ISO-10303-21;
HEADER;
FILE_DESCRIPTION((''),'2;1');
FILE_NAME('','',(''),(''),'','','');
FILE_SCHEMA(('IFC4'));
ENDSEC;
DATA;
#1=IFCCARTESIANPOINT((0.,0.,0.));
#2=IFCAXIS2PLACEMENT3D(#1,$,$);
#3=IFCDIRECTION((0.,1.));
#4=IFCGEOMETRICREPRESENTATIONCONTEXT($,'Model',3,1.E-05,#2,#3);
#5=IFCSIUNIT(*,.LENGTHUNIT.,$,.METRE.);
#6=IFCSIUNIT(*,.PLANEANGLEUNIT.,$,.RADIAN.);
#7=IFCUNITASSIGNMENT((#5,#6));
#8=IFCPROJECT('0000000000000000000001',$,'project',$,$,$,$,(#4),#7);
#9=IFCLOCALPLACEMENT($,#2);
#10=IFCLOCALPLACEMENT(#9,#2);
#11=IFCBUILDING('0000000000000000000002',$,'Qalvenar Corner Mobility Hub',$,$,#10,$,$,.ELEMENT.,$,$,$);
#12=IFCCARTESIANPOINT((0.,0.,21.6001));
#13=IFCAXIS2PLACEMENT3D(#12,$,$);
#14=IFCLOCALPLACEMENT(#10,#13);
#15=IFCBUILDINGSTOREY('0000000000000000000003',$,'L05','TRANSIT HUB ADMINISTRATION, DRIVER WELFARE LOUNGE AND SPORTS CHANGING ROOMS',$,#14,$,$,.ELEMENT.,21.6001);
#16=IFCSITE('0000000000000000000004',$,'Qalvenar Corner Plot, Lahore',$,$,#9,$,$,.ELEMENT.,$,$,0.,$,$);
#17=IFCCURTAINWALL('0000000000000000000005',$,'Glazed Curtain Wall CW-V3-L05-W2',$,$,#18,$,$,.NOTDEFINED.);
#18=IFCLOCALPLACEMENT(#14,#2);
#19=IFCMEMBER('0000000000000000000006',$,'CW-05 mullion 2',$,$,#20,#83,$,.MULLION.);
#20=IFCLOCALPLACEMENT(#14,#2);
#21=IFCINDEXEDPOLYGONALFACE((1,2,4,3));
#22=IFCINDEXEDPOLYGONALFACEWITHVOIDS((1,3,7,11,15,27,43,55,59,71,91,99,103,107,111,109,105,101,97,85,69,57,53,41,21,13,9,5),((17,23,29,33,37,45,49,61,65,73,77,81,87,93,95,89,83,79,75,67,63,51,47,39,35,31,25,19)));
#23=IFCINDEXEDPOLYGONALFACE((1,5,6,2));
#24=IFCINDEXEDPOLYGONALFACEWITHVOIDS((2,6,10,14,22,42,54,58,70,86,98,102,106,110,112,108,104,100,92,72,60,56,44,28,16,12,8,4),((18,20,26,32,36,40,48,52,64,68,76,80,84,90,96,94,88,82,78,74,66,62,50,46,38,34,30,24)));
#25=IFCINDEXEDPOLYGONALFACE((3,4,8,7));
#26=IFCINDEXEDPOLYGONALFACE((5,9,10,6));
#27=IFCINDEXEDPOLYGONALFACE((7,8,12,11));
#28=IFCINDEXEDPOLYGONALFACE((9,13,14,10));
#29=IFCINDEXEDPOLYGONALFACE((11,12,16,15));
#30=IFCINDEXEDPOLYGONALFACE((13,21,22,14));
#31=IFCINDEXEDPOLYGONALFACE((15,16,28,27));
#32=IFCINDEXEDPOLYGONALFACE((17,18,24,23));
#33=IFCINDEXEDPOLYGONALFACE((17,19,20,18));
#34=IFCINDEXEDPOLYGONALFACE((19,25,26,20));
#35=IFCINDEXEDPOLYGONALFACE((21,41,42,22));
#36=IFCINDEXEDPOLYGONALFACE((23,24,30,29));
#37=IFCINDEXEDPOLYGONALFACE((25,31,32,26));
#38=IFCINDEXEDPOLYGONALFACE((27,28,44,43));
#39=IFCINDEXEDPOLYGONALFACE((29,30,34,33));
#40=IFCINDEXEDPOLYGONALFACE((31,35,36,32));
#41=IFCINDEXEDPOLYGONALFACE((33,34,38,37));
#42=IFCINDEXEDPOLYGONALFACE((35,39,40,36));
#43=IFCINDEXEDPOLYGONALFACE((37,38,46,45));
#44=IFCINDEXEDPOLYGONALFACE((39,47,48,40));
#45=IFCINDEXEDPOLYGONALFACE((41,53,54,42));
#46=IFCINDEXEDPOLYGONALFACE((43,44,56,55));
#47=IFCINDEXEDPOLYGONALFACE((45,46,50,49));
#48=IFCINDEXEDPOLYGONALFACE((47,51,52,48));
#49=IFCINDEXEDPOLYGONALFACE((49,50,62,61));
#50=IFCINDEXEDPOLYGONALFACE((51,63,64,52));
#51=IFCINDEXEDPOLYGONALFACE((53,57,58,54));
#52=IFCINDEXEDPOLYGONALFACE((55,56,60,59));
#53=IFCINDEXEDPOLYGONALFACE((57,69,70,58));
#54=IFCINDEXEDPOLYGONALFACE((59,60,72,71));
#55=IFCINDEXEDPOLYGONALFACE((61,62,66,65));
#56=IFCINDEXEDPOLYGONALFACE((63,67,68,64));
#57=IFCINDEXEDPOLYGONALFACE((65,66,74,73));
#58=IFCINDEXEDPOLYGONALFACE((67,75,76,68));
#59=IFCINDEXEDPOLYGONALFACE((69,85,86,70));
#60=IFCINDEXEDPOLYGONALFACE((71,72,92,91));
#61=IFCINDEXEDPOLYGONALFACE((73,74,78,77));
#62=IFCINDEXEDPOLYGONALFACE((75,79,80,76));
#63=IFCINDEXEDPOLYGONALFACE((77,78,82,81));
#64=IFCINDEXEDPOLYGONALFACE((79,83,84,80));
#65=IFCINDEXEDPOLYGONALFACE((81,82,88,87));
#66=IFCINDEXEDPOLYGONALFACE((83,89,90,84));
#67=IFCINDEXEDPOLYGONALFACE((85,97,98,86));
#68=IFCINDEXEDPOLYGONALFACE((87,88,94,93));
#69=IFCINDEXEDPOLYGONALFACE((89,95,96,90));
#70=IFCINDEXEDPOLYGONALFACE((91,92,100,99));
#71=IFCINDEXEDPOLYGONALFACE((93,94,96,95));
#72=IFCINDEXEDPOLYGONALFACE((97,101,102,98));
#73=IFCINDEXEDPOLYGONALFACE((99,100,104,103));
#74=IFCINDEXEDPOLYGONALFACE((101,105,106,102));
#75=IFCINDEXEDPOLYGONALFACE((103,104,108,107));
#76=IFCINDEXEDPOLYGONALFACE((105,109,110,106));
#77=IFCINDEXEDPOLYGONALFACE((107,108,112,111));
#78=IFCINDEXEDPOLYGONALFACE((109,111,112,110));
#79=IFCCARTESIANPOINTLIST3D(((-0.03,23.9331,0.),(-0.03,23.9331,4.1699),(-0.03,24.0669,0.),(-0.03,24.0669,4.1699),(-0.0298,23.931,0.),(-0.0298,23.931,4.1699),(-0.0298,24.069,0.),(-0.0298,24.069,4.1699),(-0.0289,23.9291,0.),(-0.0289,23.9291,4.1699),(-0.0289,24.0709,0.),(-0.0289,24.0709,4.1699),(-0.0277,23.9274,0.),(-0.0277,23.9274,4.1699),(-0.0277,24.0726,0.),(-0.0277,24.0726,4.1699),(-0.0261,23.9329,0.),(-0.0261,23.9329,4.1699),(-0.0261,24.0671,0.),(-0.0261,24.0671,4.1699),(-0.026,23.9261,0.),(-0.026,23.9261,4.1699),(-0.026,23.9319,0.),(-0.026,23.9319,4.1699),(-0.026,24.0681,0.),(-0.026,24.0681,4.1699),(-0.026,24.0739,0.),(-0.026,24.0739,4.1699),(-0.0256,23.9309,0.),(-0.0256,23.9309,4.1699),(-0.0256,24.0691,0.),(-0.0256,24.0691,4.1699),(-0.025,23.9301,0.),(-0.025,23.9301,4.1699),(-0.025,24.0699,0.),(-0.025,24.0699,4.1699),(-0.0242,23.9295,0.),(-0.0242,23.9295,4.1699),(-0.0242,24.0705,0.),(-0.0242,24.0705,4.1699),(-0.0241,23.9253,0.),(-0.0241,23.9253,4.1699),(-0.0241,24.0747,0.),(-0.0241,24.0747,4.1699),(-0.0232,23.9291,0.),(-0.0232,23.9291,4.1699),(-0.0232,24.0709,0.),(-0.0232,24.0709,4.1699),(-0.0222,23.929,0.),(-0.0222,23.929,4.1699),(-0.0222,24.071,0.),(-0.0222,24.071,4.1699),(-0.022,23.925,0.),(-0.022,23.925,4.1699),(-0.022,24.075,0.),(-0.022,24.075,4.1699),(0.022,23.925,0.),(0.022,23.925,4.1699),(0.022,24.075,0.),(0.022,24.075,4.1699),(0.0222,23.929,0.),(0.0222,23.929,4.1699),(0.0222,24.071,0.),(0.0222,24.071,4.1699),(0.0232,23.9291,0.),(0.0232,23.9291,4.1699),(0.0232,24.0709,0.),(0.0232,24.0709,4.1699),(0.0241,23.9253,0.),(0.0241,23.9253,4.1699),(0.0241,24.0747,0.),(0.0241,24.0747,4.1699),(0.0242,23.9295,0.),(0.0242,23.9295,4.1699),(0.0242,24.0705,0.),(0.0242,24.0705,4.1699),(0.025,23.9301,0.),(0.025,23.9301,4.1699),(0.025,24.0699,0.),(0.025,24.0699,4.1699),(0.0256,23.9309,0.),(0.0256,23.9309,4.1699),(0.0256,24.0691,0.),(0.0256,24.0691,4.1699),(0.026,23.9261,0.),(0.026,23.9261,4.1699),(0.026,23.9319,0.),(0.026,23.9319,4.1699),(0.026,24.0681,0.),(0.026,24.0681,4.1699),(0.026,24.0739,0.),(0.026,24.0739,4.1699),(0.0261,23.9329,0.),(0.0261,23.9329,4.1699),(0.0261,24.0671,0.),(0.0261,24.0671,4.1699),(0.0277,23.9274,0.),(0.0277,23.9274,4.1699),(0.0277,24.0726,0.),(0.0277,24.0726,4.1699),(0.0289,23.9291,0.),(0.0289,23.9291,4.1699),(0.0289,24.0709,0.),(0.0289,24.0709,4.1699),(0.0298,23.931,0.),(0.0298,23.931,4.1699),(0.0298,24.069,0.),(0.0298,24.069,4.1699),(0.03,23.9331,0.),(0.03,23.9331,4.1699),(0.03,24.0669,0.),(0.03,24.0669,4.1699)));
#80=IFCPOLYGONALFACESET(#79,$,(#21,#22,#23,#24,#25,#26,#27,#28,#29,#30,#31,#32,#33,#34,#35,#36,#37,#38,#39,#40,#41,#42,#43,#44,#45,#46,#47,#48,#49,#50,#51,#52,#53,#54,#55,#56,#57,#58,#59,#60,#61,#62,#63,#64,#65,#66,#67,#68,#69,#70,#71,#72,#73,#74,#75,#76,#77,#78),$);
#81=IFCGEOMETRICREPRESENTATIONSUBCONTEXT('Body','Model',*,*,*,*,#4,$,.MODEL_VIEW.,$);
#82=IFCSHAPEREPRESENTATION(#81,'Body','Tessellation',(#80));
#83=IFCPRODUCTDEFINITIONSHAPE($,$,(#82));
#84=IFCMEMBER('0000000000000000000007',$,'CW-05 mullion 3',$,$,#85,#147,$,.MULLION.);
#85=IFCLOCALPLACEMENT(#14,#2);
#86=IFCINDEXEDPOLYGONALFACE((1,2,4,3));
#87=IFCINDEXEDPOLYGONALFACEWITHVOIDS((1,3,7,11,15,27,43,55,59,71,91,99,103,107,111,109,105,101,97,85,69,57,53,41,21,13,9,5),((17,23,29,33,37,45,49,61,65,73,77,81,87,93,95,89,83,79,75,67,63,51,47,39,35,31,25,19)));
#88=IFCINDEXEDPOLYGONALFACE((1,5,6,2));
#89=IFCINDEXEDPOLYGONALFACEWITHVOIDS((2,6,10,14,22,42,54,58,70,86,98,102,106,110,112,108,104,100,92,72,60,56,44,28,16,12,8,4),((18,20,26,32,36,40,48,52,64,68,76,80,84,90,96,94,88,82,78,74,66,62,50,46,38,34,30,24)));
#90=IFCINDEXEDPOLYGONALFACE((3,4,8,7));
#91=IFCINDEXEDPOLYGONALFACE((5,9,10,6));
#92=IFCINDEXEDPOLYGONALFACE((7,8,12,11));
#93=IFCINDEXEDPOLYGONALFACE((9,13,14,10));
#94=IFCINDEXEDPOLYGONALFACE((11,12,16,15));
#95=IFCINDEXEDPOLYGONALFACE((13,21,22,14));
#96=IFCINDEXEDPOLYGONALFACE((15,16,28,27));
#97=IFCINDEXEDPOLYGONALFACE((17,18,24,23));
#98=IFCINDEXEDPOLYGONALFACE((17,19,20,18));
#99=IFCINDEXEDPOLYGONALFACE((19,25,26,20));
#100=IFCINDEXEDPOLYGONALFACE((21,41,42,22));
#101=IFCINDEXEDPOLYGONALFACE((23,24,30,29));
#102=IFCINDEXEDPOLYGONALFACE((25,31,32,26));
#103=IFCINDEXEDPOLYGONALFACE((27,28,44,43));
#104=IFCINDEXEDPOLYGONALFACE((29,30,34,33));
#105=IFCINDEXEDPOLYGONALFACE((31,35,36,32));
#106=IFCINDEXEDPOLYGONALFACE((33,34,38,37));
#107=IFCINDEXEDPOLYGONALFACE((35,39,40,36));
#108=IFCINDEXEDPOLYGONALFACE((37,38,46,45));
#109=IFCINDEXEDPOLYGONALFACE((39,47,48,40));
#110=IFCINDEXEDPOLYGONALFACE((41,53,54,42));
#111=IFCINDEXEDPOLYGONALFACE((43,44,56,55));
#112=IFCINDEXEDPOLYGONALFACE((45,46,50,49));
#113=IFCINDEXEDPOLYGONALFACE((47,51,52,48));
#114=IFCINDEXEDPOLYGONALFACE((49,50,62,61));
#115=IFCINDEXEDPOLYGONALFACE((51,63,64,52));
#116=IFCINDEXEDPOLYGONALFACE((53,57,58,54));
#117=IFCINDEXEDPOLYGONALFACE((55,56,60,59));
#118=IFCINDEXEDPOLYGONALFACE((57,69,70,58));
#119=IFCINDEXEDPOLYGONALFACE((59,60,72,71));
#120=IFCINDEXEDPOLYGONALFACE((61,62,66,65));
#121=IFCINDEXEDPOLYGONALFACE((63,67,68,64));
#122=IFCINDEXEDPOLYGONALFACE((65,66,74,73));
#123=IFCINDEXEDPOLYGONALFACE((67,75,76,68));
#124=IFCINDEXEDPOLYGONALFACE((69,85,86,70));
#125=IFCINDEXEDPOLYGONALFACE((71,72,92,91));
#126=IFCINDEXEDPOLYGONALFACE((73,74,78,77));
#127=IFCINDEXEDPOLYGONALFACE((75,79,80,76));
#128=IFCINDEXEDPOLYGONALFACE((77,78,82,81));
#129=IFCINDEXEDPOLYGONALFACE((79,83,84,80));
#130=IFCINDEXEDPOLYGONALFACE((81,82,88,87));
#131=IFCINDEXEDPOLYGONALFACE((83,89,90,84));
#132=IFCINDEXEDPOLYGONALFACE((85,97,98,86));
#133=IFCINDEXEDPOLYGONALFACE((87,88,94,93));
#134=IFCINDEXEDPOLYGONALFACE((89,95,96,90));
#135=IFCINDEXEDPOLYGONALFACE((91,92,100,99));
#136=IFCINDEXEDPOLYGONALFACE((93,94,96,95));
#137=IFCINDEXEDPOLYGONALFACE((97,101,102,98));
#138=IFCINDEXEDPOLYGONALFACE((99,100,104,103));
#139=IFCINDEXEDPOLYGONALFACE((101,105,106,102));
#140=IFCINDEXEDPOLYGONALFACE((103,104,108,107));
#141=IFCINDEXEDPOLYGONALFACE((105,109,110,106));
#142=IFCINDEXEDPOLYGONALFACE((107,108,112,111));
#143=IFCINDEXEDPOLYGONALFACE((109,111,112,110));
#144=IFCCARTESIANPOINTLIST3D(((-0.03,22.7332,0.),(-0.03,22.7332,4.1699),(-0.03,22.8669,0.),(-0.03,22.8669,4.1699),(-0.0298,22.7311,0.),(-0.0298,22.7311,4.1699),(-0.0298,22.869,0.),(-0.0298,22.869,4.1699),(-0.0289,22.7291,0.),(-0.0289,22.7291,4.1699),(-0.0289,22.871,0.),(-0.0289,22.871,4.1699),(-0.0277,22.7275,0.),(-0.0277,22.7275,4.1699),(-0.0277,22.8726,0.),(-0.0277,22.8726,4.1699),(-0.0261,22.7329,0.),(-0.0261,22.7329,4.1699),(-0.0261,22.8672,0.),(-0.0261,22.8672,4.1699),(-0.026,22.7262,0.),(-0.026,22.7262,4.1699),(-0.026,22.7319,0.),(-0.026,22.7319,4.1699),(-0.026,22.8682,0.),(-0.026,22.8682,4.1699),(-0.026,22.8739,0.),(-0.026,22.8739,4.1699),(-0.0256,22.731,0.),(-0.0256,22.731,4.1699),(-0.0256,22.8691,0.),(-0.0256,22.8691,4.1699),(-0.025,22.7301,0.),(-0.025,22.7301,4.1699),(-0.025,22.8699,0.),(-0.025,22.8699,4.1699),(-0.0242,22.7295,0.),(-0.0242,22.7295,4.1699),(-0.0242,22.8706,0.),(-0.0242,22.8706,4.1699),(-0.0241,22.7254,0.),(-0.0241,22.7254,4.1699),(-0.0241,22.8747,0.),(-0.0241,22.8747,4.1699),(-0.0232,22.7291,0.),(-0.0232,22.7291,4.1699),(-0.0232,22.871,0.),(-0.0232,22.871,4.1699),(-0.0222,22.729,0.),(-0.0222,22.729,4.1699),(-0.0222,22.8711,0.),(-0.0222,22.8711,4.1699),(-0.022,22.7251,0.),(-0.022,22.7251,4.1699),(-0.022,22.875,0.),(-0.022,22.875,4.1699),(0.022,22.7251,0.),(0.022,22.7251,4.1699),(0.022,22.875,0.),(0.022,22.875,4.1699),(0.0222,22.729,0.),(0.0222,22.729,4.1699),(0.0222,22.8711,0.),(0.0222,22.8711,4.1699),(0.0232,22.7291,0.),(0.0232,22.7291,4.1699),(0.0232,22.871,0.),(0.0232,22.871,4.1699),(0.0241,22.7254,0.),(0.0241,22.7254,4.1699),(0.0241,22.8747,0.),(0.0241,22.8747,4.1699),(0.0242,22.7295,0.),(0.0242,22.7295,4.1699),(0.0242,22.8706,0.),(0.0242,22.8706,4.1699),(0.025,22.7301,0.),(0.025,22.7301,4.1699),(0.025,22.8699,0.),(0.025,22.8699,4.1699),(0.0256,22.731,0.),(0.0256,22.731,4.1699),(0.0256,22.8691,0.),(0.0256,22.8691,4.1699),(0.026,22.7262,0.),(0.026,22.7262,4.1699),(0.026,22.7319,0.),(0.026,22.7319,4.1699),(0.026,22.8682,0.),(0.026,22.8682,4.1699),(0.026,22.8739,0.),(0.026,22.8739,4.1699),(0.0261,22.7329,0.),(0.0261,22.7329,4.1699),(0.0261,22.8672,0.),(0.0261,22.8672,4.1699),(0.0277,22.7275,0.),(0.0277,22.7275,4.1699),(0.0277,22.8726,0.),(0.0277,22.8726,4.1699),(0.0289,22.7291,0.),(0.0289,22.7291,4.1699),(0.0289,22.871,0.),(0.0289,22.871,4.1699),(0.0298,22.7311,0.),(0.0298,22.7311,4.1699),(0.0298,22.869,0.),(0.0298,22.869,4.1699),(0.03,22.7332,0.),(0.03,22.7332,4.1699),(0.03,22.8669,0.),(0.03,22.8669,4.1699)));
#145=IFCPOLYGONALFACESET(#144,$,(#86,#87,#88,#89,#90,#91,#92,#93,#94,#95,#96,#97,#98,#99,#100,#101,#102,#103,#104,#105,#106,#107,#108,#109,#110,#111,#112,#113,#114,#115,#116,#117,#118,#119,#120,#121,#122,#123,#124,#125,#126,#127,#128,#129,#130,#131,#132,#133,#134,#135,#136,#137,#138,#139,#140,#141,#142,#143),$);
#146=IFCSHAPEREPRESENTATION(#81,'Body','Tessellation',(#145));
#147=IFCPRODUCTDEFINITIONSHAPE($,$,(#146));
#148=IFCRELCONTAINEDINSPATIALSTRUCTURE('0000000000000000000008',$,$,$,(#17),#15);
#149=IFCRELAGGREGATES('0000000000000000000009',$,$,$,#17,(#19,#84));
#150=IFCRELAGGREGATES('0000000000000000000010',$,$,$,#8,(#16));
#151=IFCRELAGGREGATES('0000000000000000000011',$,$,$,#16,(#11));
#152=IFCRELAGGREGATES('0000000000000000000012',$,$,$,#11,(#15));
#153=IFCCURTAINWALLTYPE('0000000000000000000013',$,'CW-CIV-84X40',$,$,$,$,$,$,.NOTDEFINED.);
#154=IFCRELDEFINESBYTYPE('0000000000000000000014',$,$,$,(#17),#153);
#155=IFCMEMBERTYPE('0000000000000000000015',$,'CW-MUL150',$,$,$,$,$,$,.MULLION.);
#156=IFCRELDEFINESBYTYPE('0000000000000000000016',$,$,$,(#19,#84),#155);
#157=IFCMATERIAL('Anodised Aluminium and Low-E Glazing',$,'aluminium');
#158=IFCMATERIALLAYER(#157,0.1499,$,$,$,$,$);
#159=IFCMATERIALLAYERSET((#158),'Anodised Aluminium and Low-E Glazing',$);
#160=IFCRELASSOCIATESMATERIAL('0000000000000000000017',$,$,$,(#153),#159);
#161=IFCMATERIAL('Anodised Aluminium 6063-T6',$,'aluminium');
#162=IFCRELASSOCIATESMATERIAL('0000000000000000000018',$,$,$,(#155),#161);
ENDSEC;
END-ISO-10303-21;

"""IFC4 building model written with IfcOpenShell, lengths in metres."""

from ifc_helpers import new_model, si_unit, direction, frame, origin, origin_2d, place, context, subcontext, project, spatial, hollow_rectangle, extrude, material, layer, layer_set, material_profile, profile_set, type_object, element, aggregate, save


model = new_model("IFC4")

# Units and contexts
model_context = context("Model", 3, precision=1e-05, world=origin(), true_north=direction((0.0, 1.0)))
body_context = subcontext(model_context, "Body", "Model", "MODEL_VIEW")
ifc_project = project(units=[si_unit("LENGTHUNIT", "METRE"), si_unit("PLANEANGLEUNIT", "RADIAN")], contexts=[model_context])

# Site, building, storey
site_placement = place(None, origin())
site = spatial("IfcSite", under=ifc_project, at=site_placement, Name="Qalvenar Corner Plot, Lahore", CompositionType="ELEMENT", RefElevation=0.0)
building_placement = place(site_placement, origin())
building = spatial("IfcBuilding", under=site, at=building_placement, Name="Qalvenar Corner Mobility Hub", CompositionType="ELEMENT")
storey_placement = place(building_placement, frame((0.0, 0.0, 21.6001)))
storey = spatial("IfcBuildingStorey", under=building, at=storey_placement, Name="L05", Description="TRANSIT HUB ADMINISTRATION, DRIVER WELFARE LOUNGE AND SPORTS CHANGING ROOMS", CompositionType="ELEMENT", Elevation=21.6001)

# Curtain wall, members
ifc_material_1 = material(Name="Anodised Aluminium and Low-E Glazing", Category="aluminium")
ifc_layer_1 = layer(ifc_material_1, 0.1499)
ifc_layer_set_1 = layer_set([ifc_layer_1], Name="Anodised Aluminium and Low-E Glazing")
curtain_wall_type = type_object("IfcCurtainWallType", Name="CW-CIV-84X40", PredefinedType="NOTDEFINED", material=ifc_layer_set_1)
curtain_wall_placement = place(storey_placement, origin())
curtain_wall = element("IfcCurtainWall", 1, at=curtain_wall_placement, inside=storey, type_object=curtain_wall_type, Name="Glazed Curtain Wall CW-V3-L05-W2", PredefinedType="NOTDEFINED")
ifc_material_2 = material(Name="Anodised Aluminium 6063-T6", Category="aluminium")
ifc_material_profile_1 = material_profile(ifc_material_2, hollow_rectangle(XDim=0.0601, YDim=0.1499, WallThickness=0.0039, InnerFilletRadius=0.0039, OuterFilletRadius=0.0081, at=origin_2d()), Name="RHS150x60x4")
ifc_profile_set_1 = profile_set([ifc_material_profile_1], Name="Anodised Aluminium 6063-T6")
member_type_1 = type_object("IfcMemberType", Name="CW-MUL150", PredefinedType="MULLION", material=ifc_profile_set_1)
member_1_placement = place(storey_placement, frame((0.0, 24.0, 0.0), z_axis=(0.0, 0.0, 1.0), x_axis=(1.0, 0.0, 0.0)))
member_1 = element("IfcMember", 2, at=member_1_placement, type_object=member_type_1, Name="CW-05 mullion 2", PredefinedType="MULLION", context=body_context, shape_type="SweptSolid", body=[
    extrude(hollow_rectangle(XDim=0.0601, YDim=0.1499, WallThickness=0.0039, InnerFilletRadius=0.0039, OuterFilletRadius=0.0081, at=origin_2d()), origin(), (0.0, 0.0, 1.0), 4.1699),
])
member_2_placement = place(storey_placement, frame((0.0, 22.8, 0.0), z_axis=(0.0, 0.0, 1.0), x_axis=(1.0, 0.0, 0.0)))
member_2 = element("IfcMember", 3, at=member_2_placement, type_object=member_type_1, Name="CW-05 mullion 3", PredefinedType="MULLION", context=body_context, shape_type="SweptSolid", body=[
    extrude(hollow_rectangle(XDim=0.0601, YDim=0.1499, WallThickness=0.0039, InnerFilletRadius=0.0039, OuterFilletRadius=0.0081, at=origin_2d()), origin(), (0.0, 0.0, 1.0), 4.1699),
])
aggregate(curtain_wall, [member_1, member_2])

save(model, "model.ifc")
